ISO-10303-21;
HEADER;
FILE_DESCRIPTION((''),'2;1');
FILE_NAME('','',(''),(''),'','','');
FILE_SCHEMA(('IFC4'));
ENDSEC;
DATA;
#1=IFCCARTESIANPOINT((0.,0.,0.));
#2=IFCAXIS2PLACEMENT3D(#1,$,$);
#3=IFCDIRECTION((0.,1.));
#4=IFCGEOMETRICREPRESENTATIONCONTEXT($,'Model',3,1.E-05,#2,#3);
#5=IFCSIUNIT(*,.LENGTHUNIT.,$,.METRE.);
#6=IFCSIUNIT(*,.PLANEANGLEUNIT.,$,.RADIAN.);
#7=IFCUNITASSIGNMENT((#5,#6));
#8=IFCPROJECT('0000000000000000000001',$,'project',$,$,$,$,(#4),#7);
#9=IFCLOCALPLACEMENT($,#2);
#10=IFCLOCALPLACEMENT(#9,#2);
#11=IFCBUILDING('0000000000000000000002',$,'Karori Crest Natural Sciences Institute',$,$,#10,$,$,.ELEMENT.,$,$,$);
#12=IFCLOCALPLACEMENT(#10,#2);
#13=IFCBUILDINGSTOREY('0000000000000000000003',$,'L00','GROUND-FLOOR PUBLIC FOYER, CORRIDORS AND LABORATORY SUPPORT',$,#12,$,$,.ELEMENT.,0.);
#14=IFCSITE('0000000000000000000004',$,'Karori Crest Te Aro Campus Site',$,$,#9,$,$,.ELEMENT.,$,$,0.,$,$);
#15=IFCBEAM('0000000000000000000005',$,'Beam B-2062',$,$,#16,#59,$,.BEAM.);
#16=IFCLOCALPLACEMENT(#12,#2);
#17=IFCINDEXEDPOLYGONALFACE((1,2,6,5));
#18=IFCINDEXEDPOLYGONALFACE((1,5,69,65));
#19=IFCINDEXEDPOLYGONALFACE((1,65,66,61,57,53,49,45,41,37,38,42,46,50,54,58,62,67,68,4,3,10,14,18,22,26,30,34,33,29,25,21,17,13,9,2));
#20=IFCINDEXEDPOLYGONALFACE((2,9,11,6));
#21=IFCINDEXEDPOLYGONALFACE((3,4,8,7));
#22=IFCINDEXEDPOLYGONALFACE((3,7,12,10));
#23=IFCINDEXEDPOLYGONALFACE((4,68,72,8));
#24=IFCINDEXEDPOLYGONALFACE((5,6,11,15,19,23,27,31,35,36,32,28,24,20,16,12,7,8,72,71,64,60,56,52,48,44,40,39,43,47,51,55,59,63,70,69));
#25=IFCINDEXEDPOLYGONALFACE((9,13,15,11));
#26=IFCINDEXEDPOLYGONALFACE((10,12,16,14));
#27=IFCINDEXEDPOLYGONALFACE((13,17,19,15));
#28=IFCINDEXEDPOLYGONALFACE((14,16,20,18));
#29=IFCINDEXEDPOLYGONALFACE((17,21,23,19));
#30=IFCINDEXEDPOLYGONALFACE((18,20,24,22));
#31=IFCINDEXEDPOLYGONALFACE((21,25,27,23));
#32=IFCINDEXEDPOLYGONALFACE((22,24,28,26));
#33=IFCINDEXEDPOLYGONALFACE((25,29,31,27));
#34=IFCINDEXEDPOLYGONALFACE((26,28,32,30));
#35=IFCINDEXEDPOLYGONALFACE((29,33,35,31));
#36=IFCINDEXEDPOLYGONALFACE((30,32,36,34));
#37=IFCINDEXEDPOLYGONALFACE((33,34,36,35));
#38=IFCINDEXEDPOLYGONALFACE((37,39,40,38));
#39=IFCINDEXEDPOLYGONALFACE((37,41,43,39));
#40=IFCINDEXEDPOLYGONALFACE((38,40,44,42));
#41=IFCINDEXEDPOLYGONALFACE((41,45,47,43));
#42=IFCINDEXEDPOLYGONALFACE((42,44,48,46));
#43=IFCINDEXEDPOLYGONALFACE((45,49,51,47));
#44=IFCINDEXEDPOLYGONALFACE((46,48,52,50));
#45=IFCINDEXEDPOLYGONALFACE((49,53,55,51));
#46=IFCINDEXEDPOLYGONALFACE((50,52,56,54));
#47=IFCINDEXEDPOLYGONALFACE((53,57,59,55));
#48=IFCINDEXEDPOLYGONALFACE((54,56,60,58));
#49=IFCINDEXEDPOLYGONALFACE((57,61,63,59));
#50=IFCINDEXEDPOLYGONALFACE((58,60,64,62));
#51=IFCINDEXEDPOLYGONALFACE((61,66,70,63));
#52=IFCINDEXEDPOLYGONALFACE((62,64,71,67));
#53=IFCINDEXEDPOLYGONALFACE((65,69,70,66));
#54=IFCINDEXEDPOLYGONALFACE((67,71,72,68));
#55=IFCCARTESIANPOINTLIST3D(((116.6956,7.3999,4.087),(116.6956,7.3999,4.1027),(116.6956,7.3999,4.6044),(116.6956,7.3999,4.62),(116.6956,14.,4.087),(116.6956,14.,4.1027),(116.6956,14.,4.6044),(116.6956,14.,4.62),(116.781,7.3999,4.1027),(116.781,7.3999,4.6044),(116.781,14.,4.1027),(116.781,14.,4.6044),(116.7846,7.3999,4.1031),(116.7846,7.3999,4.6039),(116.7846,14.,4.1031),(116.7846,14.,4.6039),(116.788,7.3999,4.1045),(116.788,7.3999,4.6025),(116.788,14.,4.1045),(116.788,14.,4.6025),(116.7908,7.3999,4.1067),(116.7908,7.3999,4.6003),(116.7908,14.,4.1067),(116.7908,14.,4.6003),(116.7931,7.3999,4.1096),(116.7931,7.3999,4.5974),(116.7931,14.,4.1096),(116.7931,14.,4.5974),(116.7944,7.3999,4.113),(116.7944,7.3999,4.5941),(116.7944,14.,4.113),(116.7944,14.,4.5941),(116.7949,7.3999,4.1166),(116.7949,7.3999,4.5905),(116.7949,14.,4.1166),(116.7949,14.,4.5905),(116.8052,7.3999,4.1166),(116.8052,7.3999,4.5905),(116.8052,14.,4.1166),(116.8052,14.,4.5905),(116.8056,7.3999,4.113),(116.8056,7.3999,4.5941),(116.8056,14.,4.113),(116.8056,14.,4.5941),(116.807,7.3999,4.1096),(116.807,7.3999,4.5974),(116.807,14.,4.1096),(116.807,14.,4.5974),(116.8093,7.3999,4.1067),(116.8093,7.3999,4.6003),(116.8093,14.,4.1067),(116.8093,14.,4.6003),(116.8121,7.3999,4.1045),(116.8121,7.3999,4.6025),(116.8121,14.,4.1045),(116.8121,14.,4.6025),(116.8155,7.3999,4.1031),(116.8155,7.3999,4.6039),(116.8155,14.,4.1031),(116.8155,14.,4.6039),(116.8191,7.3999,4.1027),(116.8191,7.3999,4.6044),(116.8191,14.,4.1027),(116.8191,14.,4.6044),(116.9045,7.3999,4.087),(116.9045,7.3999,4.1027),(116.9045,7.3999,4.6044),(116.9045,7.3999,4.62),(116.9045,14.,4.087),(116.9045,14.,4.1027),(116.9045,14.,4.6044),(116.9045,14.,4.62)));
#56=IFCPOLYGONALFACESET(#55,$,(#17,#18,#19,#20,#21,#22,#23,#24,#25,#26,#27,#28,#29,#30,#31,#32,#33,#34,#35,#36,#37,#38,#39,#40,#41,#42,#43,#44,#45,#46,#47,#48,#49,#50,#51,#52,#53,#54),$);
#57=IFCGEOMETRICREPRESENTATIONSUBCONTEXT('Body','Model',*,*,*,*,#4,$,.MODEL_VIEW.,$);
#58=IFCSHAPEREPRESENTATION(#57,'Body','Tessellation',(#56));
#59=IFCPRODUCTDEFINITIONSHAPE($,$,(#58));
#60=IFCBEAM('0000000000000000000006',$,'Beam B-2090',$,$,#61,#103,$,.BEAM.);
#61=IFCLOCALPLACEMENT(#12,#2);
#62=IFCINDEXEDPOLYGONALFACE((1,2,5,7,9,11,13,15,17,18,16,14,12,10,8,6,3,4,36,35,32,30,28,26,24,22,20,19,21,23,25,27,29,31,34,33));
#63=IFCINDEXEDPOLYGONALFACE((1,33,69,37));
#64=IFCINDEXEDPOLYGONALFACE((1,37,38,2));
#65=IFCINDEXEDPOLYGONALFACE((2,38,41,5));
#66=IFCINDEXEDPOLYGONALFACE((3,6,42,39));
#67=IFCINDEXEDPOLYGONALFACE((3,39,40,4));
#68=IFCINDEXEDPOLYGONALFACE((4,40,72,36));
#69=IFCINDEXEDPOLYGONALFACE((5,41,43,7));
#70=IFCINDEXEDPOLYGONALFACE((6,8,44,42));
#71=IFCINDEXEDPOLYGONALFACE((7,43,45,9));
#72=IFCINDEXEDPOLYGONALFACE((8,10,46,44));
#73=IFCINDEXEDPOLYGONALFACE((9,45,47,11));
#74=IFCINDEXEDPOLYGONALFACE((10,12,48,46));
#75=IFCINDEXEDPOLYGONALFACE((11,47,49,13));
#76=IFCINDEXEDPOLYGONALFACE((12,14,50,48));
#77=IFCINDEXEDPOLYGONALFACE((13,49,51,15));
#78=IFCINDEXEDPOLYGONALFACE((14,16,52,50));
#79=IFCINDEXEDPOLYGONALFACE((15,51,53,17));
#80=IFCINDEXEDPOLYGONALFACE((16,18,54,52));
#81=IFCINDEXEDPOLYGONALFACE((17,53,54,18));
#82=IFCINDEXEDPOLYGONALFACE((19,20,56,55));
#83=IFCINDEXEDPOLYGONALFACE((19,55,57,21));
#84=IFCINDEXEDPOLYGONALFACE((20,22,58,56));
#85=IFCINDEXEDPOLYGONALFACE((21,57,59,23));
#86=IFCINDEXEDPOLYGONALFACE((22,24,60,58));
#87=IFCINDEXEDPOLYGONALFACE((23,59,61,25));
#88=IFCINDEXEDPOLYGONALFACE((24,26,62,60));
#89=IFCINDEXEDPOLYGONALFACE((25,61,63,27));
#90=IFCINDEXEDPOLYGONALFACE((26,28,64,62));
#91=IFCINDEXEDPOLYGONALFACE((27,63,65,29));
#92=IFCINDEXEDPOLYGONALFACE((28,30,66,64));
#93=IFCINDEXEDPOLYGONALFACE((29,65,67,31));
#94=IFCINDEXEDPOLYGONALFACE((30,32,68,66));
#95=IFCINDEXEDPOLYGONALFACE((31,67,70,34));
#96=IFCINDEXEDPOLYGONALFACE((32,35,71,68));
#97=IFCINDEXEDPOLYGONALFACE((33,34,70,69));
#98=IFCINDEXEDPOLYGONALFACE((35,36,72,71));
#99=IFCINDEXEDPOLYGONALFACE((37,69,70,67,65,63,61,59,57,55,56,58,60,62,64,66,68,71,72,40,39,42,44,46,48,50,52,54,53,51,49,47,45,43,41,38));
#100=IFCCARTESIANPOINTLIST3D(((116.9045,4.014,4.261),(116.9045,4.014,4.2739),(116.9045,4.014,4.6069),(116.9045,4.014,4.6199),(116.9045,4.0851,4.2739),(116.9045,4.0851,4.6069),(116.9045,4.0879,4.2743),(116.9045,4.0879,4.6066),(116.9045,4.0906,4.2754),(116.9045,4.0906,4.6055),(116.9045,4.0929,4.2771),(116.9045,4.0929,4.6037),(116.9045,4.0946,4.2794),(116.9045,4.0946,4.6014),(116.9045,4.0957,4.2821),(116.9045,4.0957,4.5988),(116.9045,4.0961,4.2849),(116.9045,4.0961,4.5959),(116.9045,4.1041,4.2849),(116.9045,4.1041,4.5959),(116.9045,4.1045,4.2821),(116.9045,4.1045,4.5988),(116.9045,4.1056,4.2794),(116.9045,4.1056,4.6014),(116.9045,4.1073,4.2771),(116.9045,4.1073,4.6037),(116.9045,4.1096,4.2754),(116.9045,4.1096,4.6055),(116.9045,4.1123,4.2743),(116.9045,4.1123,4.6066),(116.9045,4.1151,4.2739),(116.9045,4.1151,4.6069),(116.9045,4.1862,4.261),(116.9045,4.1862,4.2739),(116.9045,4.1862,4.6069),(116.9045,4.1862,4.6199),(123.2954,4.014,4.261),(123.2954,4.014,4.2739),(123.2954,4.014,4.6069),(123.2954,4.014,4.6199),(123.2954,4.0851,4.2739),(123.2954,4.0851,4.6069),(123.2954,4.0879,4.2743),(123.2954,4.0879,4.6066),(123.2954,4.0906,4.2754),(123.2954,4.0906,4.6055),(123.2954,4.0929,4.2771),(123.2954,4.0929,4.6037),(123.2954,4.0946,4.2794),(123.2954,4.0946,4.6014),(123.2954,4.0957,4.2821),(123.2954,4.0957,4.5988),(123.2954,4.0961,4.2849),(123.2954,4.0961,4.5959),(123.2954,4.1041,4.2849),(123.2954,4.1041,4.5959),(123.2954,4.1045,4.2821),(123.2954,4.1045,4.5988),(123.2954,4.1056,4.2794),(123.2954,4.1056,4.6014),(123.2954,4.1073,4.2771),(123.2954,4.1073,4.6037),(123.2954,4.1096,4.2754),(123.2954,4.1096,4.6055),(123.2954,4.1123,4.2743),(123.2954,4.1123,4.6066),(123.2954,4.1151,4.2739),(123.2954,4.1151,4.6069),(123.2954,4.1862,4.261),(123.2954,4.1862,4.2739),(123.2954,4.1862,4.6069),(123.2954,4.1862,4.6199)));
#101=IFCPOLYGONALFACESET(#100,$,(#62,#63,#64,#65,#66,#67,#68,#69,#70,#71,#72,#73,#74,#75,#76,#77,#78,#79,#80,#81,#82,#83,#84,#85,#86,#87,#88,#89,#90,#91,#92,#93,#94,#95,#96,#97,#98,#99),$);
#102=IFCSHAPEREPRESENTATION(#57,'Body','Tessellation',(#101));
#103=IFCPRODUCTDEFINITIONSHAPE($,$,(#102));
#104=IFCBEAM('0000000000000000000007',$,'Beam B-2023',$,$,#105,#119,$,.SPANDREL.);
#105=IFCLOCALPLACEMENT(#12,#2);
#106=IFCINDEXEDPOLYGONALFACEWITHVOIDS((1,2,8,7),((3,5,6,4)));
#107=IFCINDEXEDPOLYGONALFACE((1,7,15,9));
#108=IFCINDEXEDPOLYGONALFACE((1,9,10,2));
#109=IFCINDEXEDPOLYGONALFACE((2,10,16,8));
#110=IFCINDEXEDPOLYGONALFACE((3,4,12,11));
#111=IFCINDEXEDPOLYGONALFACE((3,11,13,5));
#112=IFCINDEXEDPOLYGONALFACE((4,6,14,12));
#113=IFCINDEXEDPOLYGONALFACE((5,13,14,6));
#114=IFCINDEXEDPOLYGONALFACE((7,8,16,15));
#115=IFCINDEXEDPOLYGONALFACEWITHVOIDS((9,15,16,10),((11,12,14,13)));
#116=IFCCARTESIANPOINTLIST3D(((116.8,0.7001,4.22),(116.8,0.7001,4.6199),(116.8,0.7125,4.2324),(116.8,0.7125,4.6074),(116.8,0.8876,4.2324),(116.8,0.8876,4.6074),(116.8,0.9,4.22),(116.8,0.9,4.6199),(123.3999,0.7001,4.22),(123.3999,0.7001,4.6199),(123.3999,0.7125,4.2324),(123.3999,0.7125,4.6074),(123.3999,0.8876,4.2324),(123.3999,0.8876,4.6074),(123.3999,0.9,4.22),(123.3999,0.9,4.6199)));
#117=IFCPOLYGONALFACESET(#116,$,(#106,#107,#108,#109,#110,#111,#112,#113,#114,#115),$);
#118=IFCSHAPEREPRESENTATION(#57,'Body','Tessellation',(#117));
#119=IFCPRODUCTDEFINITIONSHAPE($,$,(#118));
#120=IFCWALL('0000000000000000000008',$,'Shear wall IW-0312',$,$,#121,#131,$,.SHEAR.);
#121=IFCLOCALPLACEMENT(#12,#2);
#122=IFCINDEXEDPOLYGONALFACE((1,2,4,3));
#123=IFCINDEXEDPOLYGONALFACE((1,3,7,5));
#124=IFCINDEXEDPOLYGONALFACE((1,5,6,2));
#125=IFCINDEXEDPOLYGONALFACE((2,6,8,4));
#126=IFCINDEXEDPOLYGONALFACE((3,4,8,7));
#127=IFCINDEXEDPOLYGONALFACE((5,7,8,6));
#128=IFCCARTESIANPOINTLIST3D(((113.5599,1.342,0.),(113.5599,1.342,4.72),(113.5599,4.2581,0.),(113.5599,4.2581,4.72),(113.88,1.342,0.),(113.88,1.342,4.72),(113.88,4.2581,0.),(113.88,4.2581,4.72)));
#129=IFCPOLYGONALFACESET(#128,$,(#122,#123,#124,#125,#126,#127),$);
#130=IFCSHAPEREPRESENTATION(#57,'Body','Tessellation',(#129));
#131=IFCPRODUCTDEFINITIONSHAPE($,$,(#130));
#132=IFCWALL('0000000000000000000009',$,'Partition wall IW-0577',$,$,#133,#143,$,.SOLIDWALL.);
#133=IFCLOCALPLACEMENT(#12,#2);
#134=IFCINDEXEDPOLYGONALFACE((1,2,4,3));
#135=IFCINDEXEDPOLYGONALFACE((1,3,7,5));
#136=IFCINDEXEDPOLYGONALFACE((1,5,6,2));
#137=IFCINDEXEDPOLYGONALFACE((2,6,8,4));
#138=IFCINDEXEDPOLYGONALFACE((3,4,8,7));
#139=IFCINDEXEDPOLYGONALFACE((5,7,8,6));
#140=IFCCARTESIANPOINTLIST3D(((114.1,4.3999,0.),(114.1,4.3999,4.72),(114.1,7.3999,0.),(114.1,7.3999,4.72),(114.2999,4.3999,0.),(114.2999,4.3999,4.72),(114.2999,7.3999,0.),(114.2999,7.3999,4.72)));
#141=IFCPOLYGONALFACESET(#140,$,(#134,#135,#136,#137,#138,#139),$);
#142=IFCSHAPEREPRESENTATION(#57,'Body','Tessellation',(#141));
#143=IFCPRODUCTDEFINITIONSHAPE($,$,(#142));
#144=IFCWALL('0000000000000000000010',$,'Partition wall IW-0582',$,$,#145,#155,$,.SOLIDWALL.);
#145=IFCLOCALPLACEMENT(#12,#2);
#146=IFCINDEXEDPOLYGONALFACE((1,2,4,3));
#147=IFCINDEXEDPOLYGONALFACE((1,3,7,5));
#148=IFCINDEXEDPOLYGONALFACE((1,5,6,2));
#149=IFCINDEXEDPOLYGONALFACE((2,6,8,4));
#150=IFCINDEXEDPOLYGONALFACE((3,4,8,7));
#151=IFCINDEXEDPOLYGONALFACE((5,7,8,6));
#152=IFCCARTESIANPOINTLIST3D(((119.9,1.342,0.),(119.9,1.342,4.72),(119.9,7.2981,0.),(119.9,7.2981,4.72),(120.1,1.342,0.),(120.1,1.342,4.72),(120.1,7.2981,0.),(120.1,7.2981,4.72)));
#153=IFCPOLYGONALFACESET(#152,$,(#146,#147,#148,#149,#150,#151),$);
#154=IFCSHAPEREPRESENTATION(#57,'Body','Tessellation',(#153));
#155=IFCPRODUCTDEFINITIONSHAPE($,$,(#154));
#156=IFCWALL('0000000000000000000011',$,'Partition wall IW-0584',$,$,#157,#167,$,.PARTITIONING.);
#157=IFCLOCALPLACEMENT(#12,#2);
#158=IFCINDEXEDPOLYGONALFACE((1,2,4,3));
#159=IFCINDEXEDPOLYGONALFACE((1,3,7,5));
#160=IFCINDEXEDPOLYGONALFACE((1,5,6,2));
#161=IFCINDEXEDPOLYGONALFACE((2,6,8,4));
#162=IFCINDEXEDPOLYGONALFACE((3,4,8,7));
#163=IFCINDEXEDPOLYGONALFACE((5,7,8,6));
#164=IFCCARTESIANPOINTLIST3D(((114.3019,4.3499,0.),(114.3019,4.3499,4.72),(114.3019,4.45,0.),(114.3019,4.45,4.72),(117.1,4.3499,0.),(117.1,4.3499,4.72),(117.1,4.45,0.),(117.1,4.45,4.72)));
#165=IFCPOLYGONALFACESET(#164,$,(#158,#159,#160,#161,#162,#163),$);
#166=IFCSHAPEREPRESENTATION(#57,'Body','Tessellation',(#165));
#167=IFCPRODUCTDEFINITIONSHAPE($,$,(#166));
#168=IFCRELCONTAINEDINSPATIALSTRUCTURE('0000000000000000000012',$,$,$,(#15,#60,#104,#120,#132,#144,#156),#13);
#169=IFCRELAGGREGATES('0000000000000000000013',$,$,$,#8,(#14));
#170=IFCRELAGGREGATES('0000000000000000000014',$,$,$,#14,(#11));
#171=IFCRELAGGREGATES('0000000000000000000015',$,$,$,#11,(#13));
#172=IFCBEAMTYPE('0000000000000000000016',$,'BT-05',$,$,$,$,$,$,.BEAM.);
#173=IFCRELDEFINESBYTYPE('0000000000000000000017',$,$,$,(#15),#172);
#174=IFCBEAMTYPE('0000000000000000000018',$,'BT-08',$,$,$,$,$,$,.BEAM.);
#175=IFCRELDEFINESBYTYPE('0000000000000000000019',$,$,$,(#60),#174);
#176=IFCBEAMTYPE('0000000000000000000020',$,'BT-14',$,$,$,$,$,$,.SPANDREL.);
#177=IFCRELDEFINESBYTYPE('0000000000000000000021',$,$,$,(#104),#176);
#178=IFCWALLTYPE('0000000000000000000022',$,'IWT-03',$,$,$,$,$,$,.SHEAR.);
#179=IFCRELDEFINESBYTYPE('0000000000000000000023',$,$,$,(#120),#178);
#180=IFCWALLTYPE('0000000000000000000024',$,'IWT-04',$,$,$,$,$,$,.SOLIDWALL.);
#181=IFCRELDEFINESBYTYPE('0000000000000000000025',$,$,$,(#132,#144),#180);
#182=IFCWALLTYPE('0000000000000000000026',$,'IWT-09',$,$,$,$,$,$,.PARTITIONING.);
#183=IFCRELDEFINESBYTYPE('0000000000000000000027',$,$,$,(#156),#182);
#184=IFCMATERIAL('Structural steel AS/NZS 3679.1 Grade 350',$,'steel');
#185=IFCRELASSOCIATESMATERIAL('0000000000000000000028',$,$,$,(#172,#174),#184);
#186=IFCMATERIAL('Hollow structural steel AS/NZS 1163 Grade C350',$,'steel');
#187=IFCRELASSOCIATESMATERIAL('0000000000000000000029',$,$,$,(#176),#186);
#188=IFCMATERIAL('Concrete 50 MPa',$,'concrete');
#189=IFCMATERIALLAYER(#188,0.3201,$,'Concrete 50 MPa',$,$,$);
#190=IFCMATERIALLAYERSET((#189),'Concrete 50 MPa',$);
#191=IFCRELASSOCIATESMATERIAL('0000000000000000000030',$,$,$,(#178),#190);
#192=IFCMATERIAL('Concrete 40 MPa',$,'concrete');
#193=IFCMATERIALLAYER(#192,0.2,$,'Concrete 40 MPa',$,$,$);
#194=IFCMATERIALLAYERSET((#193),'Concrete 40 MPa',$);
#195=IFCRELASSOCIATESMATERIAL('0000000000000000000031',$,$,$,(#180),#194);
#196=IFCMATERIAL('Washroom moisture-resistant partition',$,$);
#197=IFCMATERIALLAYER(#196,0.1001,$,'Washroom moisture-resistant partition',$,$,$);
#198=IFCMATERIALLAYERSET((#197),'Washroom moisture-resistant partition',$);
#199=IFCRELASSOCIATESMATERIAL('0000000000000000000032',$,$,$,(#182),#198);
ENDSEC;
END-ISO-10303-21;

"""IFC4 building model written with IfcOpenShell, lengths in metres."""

from ifc_helpers import new_model, si_unit, direction, frame, frame_2d, origin, origin_2d, place, context, subcontext, project, spatial, rectangle, hollow_rectangle, i_section, extrude, material, layer, layer_set, material_profile, profile_set, type_object, element, save


model = new_model("IFC4")

# Units and contexts
model_context = context("Model", 3, precision=1e-05, world=origin(), true_north=direction((0.0, 1.0)))
body_context = subcontext(model_context, "Body", "Model", "MODEL_VIEW")
ifc_project = project(units=[si_unit("LENGTHUNIT", "METRE"), si_unit("PLANEANGLEUNIT", "RADIAN")], contexts=[model_context])

# Site, building, storey
site_placement = place(None, origin())
site = spatial("IfcSite", under=ifc_project, at=site_placement, Name="Karori Crest Te Aro Campus Site", CompositionType="ELEMENT", RefElevation=0.0)
building_placement = place(site_placement, origin())
building = spatial("IfcBuilding", under=site, at=building_placement, Name="Karori Crest Natural Sciences Institute", CompositionType="ELEMENT")
storey_placement = place(building_placement, origin())
storey = spatial("IfcBuildingStorey", under=building, at=storey_placement, Name="L00", Description="GROUND-FLOOR PUBLIC FOYER, CORRIDORS AND LABORATORY SUPPORT", CompositionType="ELEMENT", Elevation=0.0)

# Shared definitions
ifc_material_1 = material(Name="Structural steel AS/NZS 3679.1 Grade 350", Category="steel")

# Beams
ifc_material_profile_1 = material_profile(ifc_material_1, i_section(OverallWidth=0.209, OverallDepth=0.533, WebThickness=0.0103, FlangeThickness=0.0156, FilletRadius=0.0139, at=origin_2d()), Name="530UB92.4")
ifc_profile_set_1 = profile_set([ifc_material_profile_1], Name="Structural steel AS/NZS 3679.1 Grade 350")
beam_type_1 = type_object("IfcBeamType", Name="BT-05", PredefinedType="BEAM", material=ifc_profile_set_1)
beam_1_placement = place(storey_placement, frame((116.8, 7.3999, 4.3535), z_axis=(0.0, 1.0, 0.0), x_axis=(-1.0, 0.0, 0.0)))
element("IfcBeam", 1, at=beam_1_placement, inside=storey, type_object=beam_type_1, Name="Beam B-2062", PredefinedType="BEAM", context=body_context, shape_type="SweptSolid", body=[
    extrude(i_section(OverallWidth=0.209, OverallDepth=0.533, WebThickness=0.0103, FlangeThickness=0.0156, FilletRadius=0.0139, at=origin_2d()), origin(), (0.0, 0.0, 1.0), 6.6001),
])
ifc_material_profile_2 = material_profile(ifc_material_1, i_section(OverallWidth=0.1721, OverallDepth=0.3589, WebThickness=0.0081, FlangeThickness=0.0129, FilletRadius=0.011, at=origin_2d()), Name="360UB56.7")
ifc_profile_set_2 = profile_set([ifc_material_profile_2], Name="Structural steel AS/NZS 3679.1 Grade 350")
beam_type_2 = type_object("IfcBeamType", Name="BT-08", PredefinedType="BEAM", material=ifc_profile_set_2)
beam_2_placement = place(storey_placement, frame((116.9045, 4.1001, 4.4404), z_axis=(1.0, 0.0, 0.0), x_axis=(0.0, 1.0, 0.0)))
element("IfcBeam", 2, at=beam_2_placement, inside=storey, type_object=beam_type_2, Name="Beam B-2090", PredefinedType="BEAM", context=body_context, shape_type="SweptSolid", body=[
    extrude(i_section(OverallWidth=0.1721, OverallDepth=0.3589, WebThickness=0.0081, FlangeThickness=0.0129, FilletRadius=0.011, at=origin_2d()), origin(), (0.0, 0.0, 1.0), 6.3909),
])
ifc_material_2 = material(Name="Hollow structural steel AS/NZS 1163 Grade C350", Category="steel")
ifc_material_profile_3 = material_profile(ifc_material_2, hollow_rectangle(XDim=0.2, YDim=0.3999, WallThickness=0.0125, at=origin_2d()), Name="RHS400x200x12.5")
ifc_profile_set_3 = profile_set([ifc_material_profile_3], Name="Hollow structural steel AS/NZS 1163 Grade C350")
beam_type_3 = type_object("IfcBeamType", Name="BT-14", PredefinedType="SPANDREL", material=ifc_profile_set_3)
beam_3_placement = place(storey_placement, frame((116.8, 0.8, 4.4199), z_axis=(1.0, 0.0, 0.0), x_axis=(0.0, 1.0, 0.0)))
element("IfcBeam", 3, at=beam_3_placement, inside=storey, type_object=beam_type_3, Name="Beam B-2023", PredefinedType="SPANDREL", context=body_context, shape_type="SweptSolid", body=[
    extrude(hollow_rectangle(XDim=0.2, YDim=0.3999, WallThickness=0.0125, at=origin_2d()), origin(), (0.0, 0.0, 1.0), 6.5999),
])

# Walls
ifc_material_3 = material(Name="Concrete 50 MPa", Category="concrete")
ifc_layer_1 = layer(ifc_material_3, 0.3201, Name="Concrete 50 MPa")
ifc_layer_set_1 = layer_set([ifc_layer_1], Name="Concrete 50 MPa")
wall_type_1 = type_object("IfcWallType", Name="IWT-03", PredefinedType="SHEAR", material=ifc_layer_set_1)
wall_1_placement = place(storey_placement, frame((113.72, 1.342, 0.0), z_axis=(0.0, 0.0, 1.0), x_axis=(0.0, 1.0, 0.0)))
element("IfcWall", 4, at=wall_1_placement, inside=storey, type_object=wall_type_1, Name="Shear wall IW-0312", PredefinedType="SHEAR", context=body_context, shape_type="SweptSolid", body=[
    extrude(rectangle(XDim=2.916, YDim=0.3201, at=frame_2d((1.458, 0.0))), origin(), (0.0, 0.0, 1.0), 4.72),
])
ifc_material_4 = material(Name="Concrete 40 MPa", Category="concrete")
ifc_layer_2 = layer(ifc_material_4, 0.2, Name="Concrete 40 MPa")
ifc_layer_set_2 = layer_set([ifc_layer_2], Name="Concrete 40 MPa")
wall_type_2 = type_object("IfcWallType", Name="IWT-04", PredefinedType="SOLIDWALL", material=ifc_layer_set_2)
wall_2_placement = place(storey_placement, frame((114.2, 4.3999, 0.0), z_axis=(0.0, 0.0, 1.0), x_axis=(0.0, 1.0, 0.0)))
element("IfcWall", 5, at=wall_2_placement, inside=storey, type_object=wall_type_2, Name="Partition wall IW-0577", PredefinedType="SOLIDWALL", context=body_context, shape_type="SweptSolid", body=[
    extrude(rectangle(XDim=3.0, YDim=0.2, at=frame_2d((1.5, 0.0))), origin(), (0.0, 0.0, 1.0), 4.72),
])
wall_3_placement = place(storey_placement, frame((120.0, 1.342, 0.0), z_axis=(0.0, 0.0, 1.0), x_axis=(0.0, 1.0, 0.0)))
element("IfcWall", 6, at=wall_3_placement, inside=storey, type_object=wall_type_2, Name="Partition wall IW-0582", PredefinedType="SOLIDWALL", context=body_context, shape_type="SweptSolid", body=[
    extrude(rectangle(XDim=5.9561, YDim=0.2, at=frame_2d((2.978, 0.0))), origin(), (0.0, 0.0, 1.0), 4.72),
])
ifc_material_5 = material(Name="Washroom moisture-resistant partition")
ifc_layer_3 = layer(ifc_material_5, 0.1001, Name="Washroom moisture-resistant partition")
ifc_layer_set_3 = layer_set([ifc_layer_3], Name="Washroom moisture-resistant partition")
wall_type_3 = type_object("IfcWallType", Name="IWT-09", PredefinedType="PARTITIONING", material=ifc_layer_set_3)
wall_4_placement = place(storey_placement, frame((114.302, 4.3999, 0.0), z_axis=(0.0, 0.0, 1.0), x_axis=(1.0, 0.0, 0.0)))
element("IfcWall", 7, at=wall_4_placement, inside=storey, type_object=wall_type_3, Name="Partition wall IW-0584", PredefinedType="PARTITIONING", context=body_context, shape_type="SweptSolid", body=[
    extrude(rectangle(XDim=2.7981, YDim=0.1001, at=frame_2d((1.3989, 0.0))), origin(), (0.0, 0.0, 1.0), 4.72),
])

save(model, "model.ifc")
